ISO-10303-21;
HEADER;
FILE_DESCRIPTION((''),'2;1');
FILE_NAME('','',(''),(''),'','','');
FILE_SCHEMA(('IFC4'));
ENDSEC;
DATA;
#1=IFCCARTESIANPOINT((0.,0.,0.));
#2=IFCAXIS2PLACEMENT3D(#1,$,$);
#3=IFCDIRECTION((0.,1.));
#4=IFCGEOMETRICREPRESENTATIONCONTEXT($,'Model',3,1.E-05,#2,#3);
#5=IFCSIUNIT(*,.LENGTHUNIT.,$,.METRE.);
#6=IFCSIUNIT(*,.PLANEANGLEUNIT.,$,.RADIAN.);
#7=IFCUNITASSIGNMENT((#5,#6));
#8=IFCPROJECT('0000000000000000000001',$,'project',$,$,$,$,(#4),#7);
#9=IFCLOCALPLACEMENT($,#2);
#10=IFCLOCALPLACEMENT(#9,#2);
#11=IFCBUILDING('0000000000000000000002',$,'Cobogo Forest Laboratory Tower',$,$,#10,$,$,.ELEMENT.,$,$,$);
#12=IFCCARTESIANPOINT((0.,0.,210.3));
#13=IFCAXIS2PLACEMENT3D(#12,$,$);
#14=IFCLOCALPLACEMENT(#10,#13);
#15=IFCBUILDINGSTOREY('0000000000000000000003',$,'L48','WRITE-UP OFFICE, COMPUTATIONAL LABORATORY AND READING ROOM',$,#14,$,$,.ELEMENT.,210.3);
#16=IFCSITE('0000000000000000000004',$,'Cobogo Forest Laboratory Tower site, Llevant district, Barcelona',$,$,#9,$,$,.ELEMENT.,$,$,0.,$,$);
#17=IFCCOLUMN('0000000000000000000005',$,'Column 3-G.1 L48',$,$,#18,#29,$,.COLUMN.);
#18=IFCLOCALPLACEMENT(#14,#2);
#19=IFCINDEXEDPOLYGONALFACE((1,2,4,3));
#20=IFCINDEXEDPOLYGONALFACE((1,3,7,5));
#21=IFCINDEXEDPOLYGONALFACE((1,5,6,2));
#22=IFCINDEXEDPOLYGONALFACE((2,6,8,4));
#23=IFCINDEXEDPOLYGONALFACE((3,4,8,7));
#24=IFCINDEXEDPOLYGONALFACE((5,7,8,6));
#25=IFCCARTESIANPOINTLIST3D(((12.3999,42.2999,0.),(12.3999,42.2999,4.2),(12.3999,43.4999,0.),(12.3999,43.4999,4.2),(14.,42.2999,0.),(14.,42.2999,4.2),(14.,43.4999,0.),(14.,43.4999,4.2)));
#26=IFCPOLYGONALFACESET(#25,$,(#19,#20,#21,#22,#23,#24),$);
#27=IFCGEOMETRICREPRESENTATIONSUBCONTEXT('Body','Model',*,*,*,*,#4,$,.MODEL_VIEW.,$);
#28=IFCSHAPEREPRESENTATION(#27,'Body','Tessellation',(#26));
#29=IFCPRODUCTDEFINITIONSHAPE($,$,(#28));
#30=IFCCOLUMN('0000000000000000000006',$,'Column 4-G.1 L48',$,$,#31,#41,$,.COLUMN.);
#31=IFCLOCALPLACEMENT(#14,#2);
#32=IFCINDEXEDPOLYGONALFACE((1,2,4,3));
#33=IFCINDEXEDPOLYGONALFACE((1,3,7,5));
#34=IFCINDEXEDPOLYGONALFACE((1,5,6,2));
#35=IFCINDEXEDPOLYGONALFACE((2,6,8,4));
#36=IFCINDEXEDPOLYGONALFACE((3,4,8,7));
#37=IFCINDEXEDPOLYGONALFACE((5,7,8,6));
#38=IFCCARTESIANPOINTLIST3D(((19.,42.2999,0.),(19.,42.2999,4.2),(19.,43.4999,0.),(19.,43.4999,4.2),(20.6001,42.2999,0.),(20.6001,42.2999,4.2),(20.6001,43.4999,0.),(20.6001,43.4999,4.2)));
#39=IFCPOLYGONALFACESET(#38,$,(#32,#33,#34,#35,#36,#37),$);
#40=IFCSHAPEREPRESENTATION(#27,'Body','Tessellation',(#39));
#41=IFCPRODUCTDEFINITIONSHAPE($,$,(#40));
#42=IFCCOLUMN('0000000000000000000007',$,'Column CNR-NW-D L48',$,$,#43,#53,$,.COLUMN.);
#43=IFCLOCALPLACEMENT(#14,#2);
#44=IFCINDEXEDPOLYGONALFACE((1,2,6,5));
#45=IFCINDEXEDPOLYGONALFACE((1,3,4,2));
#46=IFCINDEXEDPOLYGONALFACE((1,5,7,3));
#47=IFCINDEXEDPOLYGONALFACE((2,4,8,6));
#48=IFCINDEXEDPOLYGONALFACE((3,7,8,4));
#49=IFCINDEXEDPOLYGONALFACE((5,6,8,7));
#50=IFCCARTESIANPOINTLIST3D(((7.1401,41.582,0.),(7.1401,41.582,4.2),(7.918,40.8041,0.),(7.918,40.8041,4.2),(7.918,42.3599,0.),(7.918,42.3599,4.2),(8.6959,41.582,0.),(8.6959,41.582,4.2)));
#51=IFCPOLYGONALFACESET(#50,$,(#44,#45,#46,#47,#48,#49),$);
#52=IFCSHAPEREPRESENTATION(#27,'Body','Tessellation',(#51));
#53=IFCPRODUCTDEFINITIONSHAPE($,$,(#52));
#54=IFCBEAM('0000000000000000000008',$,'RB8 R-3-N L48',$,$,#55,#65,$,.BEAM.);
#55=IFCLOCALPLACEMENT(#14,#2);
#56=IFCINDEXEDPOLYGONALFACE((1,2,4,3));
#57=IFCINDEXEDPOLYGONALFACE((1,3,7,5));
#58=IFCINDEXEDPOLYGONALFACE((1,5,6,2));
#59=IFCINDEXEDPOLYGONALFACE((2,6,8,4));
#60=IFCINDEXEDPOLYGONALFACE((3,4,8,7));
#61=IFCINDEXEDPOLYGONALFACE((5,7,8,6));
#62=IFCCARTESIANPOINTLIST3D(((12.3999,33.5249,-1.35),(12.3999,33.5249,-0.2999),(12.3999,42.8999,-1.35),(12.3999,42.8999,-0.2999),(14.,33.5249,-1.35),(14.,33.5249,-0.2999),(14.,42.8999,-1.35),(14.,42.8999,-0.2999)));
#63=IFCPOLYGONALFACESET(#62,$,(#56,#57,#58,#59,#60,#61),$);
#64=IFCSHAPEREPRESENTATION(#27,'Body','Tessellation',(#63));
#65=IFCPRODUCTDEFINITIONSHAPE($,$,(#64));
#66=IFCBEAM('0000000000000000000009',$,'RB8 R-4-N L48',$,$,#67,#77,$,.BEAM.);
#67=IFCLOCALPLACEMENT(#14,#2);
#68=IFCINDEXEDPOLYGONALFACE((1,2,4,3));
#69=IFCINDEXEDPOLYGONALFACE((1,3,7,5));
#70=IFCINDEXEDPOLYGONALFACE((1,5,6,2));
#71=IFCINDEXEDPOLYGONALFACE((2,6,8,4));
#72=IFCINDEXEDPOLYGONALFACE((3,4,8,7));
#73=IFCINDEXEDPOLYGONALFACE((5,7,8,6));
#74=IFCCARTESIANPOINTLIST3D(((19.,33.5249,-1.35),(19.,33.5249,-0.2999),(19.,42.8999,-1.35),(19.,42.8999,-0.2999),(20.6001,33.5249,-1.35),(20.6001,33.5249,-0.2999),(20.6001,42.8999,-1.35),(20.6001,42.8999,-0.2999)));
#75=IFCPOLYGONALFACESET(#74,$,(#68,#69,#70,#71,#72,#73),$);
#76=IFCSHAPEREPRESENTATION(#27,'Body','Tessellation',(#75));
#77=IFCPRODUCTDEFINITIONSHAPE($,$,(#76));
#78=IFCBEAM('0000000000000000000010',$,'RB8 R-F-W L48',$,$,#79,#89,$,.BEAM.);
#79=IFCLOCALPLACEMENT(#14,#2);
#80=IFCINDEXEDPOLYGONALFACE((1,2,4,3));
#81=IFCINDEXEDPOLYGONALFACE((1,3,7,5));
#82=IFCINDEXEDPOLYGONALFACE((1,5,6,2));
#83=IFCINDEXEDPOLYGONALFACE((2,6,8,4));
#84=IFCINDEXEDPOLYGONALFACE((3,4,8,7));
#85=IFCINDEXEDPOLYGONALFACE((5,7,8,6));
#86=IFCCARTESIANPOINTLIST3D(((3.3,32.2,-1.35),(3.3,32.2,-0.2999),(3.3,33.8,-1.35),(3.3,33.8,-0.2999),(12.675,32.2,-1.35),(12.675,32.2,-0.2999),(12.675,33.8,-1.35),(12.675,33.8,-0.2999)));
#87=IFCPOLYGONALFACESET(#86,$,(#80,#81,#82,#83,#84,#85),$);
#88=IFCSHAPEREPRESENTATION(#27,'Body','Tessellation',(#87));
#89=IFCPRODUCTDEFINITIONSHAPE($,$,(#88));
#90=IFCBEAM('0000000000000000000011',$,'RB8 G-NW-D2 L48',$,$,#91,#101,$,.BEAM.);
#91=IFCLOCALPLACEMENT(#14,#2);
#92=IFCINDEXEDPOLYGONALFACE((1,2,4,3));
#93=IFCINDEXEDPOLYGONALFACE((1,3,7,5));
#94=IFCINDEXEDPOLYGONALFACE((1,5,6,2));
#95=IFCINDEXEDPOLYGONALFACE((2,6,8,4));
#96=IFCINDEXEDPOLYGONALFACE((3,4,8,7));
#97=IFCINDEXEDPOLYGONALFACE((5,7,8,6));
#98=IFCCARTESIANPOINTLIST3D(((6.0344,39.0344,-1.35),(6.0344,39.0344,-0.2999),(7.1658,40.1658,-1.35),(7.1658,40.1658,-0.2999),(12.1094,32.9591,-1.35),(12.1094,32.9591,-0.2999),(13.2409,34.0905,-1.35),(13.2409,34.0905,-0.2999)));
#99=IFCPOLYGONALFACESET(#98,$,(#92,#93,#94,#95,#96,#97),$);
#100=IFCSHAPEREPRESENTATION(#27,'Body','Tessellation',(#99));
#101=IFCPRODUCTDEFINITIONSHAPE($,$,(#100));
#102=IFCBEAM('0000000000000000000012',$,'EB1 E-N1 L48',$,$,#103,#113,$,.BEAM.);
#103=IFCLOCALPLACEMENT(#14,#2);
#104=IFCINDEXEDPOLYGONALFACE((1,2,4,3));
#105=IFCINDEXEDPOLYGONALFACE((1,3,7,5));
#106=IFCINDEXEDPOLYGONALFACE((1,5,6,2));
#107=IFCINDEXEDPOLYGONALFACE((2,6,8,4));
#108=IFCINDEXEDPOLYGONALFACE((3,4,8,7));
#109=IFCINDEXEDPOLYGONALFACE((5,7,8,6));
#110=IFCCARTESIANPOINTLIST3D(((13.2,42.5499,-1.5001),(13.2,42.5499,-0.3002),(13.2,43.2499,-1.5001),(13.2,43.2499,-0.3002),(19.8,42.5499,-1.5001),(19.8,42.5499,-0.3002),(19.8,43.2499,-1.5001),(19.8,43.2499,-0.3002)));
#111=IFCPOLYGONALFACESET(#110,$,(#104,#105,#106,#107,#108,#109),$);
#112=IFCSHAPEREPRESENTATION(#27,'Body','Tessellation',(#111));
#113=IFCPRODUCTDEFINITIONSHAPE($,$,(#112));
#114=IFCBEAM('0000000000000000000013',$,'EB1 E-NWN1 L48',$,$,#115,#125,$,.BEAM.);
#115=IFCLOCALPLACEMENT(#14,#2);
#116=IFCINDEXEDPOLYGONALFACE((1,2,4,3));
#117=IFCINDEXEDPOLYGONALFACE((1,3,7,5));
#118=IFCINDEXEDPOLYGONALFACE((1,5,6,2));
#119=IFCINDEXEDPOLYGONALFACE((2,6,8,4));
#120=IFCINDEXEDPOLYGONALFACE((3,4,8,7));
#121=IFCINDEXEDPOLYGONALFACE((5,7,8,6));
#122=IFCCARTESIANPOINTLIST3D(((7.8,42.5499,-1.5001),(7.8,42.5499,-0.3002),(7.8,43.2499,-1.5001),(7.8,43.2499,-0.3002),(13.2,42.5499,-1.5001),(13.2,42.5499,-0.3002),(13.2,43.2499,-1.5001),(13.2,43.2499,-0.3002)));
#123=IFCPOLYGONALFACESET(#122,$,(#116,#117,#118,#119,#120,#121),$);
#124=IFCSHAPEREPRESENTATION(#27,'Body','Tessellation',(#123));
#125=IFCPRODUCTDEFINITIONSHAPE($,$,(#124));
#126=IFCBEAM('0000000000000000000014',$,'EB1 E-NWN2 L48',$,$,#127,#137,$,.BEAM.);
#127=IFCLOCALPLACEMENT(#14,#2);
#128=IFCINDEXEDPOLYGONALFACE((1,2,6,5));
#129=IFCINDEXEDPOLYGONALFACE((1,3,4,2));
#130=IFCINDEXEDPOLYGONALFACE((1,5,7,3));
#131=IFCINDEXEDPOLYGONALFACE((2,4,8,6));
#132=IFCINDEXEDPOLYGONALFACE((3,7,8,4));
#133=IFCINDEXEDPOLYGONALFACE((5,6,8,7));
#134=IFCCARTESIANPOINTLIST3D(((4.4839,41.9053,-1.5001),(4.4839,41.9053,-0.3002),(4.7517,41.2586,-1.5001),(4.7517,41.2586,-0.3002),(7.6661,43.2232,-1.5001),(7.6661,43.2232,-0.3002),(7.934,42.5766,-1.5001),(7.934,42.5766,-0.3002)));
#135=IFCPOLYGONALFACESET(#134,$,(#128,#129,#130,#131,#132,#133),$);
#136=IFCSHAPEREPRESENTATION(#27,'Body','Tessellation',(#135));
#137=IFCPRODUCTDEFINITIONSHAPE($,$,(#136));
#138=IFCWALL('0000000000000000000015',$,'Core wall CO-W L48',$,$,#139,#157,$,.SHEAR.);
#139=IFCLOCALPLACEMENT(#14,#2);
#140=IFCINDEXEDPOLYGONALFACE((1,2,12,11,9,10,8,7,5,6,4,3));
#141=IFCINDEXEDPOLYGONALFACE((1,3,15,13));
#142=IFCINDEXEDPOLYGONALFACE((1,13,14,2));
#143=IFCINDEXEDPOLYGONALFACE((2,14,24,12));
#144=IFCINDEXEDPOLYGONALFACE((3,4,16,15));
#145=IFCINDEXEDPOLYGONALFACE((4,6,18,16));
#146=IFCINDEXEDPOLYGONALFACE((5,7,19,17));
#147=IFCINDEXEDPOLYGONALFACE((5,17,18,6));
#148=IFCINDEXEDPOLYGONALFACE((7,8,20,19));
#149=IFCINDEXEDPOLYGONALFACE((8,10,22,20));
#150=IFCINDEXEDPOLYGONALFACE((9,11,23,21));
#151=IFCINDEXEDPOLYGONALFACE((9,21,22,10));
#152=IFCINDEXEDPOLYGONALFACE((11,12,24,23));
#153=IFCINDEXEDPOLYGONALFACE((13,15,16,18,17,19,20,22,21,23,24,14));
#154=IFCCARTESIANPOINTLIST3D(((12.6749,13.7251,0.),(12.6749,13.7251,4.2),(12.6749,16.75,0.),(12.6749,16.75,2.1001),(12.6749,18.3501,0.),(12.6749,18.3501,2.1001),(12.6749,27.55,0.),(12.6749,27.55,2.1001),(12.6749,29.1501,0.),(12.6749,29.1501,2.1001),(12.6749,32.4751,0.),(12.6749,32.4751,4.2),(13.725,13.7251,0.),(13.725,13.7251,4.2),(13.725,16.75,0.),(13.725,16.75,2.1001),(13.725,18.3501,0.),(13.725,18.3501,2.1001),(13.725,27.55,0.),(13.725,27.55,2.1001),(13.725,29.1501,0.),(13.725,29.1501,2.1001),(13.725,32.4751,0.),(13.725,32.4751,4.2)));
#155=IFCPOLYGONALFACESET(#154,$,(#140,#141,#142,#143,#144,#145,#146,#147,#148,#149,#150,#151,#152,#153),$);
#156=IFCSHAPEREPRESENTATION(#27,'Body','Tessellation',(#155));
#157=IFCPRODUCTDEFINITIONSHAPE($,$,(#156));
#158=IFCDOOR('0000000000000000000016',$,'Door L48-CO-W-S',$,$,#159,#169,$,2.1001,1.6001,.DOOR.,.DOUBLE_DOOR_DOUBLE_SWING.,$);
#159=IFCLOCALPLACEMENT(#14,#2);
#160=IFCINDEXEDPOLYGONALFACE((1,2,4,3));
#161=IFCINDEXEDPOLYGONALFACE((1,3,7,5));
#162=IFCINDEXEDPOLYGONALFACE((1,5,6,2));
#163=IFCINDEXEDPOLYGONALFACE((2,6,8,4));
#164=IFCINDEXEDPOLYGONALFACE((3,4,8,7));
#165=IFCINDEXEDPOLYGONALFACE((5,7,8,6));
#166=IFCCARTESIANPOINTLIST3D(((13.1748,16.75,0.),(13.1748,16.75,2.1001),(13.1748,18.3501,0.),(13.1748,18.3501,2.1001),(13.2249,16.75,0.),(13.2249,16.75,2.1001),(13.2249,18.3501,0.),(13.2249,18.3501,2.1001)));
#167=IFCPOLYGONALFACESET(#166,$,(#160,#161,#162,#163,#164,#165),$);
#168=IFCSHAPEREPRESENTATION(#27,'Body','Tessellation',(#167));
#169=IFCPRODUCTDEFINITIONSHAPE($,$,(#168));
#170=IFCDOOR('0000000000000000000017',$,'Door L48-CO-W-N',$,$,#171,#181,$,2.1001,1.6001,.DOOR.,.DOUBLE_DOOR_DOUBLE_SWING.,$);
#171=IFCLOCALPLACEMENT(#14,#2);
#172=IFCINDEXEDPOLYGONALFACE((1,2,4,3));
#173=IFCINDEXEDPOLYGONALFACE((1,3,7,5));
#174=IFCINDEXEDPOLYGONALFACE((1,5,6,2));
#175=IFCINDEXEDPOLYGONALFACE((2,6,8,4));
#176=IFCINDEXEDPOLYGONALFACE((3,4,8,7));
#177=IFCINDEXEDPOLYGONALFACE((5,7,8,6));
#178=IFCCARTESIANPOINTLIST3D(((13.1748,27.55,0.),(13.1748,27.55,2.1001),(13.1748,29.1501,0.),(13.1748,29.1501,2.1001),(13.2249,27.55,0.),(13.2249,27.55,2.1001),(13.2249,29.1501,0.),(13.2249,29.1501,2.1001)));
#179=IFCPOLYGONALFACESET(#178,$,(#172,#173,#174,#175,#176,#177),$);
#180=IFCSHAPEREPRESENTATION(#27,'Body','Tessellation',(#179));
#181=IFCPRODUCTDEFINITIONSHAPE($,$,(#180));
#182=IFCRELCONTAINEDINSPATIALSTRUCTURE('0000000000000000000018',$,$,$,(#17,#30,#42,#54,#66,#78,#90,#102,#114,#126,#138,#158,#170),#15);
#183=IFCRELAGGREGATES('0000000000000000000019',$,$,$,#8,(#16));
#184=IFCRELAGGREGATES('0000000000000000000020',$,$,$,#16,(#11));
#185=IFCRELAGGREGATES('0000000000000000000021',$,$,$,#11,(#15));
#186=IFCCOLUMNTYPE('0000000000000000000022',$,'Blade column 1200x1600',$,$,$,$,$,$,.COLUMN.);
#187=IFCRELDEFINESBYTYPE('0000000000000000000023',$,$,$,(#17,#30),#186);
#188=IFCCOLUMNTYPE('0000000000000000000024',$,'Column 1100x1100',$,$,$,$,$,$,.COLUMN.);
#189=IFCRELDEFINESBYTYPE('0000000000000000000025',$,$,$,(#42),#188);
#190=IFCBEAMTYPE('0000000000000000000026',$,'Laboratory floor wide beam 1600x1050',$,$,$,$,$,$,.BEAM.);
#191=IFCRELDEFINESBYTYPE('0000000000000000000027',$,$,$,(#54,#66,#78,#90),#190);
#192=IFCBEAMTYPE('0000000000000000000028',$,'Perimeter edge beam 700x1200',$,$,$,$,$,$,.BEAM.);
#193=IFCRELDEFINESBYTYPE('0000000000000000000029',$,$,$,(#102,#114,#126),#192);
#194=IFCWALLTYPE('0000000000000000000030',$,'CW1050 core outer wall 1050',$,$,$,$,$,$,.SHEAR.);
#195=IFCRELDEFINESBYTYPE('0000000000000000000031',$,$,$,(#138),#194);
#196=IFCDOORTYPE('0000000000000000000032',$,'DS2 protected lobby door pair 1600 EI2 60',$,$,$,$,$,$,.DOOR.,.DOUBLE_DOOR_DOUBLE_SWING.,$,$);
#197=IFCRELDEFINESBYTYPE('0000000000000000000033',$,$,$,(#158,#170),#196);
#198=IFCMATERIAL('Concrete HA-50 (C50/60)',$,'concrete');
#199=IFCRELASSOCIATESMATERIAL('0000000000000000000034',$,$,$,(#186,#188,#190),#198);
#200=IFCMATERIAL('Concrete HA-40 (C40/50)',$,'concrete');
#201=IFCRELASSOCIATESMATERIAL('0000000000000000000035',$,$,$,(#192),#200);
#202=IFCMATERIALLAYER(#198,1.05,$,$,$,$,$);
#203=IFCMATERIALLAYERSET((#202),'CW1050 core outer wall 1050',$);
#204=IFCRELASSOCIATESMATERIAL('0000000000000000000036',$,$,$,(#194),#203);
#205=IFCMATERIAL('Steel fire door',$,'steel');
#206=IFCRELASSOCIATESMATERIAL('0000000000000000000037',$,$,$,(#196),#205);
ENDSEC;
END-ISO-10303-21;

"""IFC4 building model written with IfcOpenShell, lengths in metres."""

from ifc_helpers import new_model, si_unit, direction, frame, frame_2d, origin, origin_2d, place, context, subcontext, project, spatial, rectangle, extrude, material, layer, layer_set, material_profile, profile_set, type_object, element, fill, save


model = new_model("IFC4")

# Units and contexts
model_context = context("Model", 3, precision=1e-05, world=origin(), true_north=direction((0.0, 1.0)))
body_context = subcontext(model_context, "Body", "Model", "MODEL_VIEW")
ifc_project = project(units=[si_unit("LENGTHUNIT", "METRE"), si_unit("PLANEANGLEUNIT", "RADIAN")], contexts=[model_context])

# Site, building, storey
site_placement = place(None, origin())
site = spatial("IfcSite", under=ifc_project, at=site_placement, Name="Cobogo Forest Laboratory Tower site, Llevant district, Barcelona", CompositionType="ELEMENT", RefElevation=0.0)
building_placement = place(site_placement, origin())
building = spatial("IfcBuilding", under=site, at=building_placement, Name="Cobogo Forest Laboratory Tower", CompositionType="ELEMENT")
storey_placement = place(building_placement, frame((0.0, 0.0, 210.3)))
storey = spatial("IfcBuildingStorey", under=building, at=storey_placement, Name="L48", Description="WRITE-UP OFFICE, COMPUTATIONAL LABORATORY AND READING ROOM", CompositionType="ELEMENT", Elevation=210.3)

# Columns
ifc_material_1 = material(Name="Concrete HA-50 (C50/60)", Category="concrete")
ifc_material_profile_1 = material_profile(ifc_material_1, rectangle(XDim=1.6001, YDim=1.2, at=origin_2d()), Name="RC 1200x1600")
ifc_profile_set_1 = profile_set([ifc_material_profile_1], Name="Concrete HA-50 (C50/60)")
column_type_1 = type_object("IfcColumnType", Name="Blade column 1200x1600", PredefinedType="COLUMN", material=ifc_profile_set_1)
for number, where, z_axis, x_axis, name in (
    (1, (13.2, 42.8999, 0.0), (0.0, 0.0, 1.0), (1.0, 0.0, 0.0), "Column 3-G.1 L48"),
    (2, (19.8, 42.8999, 0.0), (0.0, 0.0, 1.0), (1.0, 0.0, 0.0), "Column 4-G.1 L48"),
):
    element("IfcColumn", number, at=place(storey_placement, frame(where, z_axis=z_axis, x_axis=x_axis)), inside=storey, type_object=column_type_1, Name=name, PredefinedType="COLUMN", context=body_context, shape_type="SweptSolid", body=[
        extrude(rectangle(XDim=1.6001, YDim=1.2, at=origin_2d()), origin(), (0.0, 0.0, 1.0), 4.2),
    ])
ifc_material_profile_2 = material_profile(ifc_material_1, rectangle(XDim=1.1001, YDim=1.1001, at=origin_2d()), Name="RC 1100x1100")
ifc_profile_set_2 = profile_set([ifc_material_profile_2], Name="Concrete HA-50 (C50/60)")
column_type_2 = type_object("IfcColumnType", Name="Column 1100x1100", PredefinedType="COLUMN", material=ifc_profile_set_2)
column_placement = place(storey_placement, frame((7.918, 41.582, 0.0), z_axis=(0.0, 0.0, 1.0), x_axis=(0.707107, 0.707107, 0.0)))
element("IfcColumn", 3, at=column_placement, inside=storey, type_object=column_type_2, Name="Column CNR-NW-D L48", PredefinedType="COLUMN", context=body_context, shape_type="SweptSolid", body=[
    extrude(rectangle(XDim=1.1001, YDim=1.1001, at=origin_2d()), origin(), (0.0, 0.0, 1.0), 4.2),
])

# Beams
ifc_material_profile_3 = material_profile(ifc_material_1, rectangle(XDim=1.6001, YDim=1.05, at=origin_2d()), Name="RC 1600x1050")
ifc_profile_set_3 = profile_set([ifc_material_profile_3], Name="Concrete HA-50 (C50/60)")
beam_type_1 = type_object("IfcBeamType", Name="Laboratory floor wide beam 1600x1050", PredefinedType="BEAM", material=ifc_profile_set_3)
for number, where, z_axis, x_axis, name in (
    (4, (13.2, 33.5249, -0.825), (0.0, 1.0, 0.0), (-1.0, 0.0, 0.0), "RB8 R-3-N L48"),
    (5, (19.8, 33.5249, -0.825), (0.0, 1.0, 0.0), (-1.0, 0.0, 0.0), "RB8 R-4-N L48"),
    (6, (12.675, 33.0, -0.825), (-1.0, 0.0, 0.0), (0.0, -1.0, 0.0), "RB8 R-F-W L48"),
):
    element("IfcBeam", number, at=place(storey_placement, frame(where, z_axis=z_axis, x_axis=x_axis)), inside=storey, type_object=beam_type_1, Name=name, PredefinedType="BEAM", context=body_context, shape_type="SweptSolid", body=[
        extrude(rectangle(XDim=1.6001, YDim=1.05, at=origin_2d()), origin(), (0.0, 0.0, 1.0), 9.375),
    ])
beam_1_placement = place(storey_placement, frame((6.6001, 39.6001, -0.825), z_axis=(0.707093, -0.707121, 0.0), x_axis=(0.707121, 0.707093, 0.0)))
element("IfcBeam", 7, at=beam_1_placement, inside=storey, type_object=beam_type_1, Name="RB8 G-NW-D2 L48", PredefinedType="BEAM", context=body_context, shape_type="SweptSolid", body=[
    extrude(rectangle(XDim=1.6001, YDim=1.05, at=origin_2d()), origin(), (0.0, 0.0, 1.0), 8.5916),
])
ifc_material_2 = material(Name="Concrete HA-40 (C40/50)", Category="concrete")
ifc_material_profile_4 = material_profile(ifc_material_2, rectangle(XDim=0.7, YDim=1.2, at=origin_2d()), Name="RC 700x1200")
ifc_profile_set_4 = profile_set([ifc_material_profile_4], Name="Concrete HA-40 (C40/50)")
beam_type_2 = type_object("IfcBeamType", Name="Perimeter edge beam 700x1200", PredefinedType="BEAM", material=ifc_profile_set_4)
beam_2_placement = place(storey_placement, frame((13.2, 42.8999, -0.9001), z_axis=(1.0, 0.0, 0.0), x_axis=(0.0, 1.0, 0.0)))
element("IfcBeam", 8, at=beam_2_placement, inside=storey, type_object=beam_type_2, Name="EB1 E-N1 L48", PredefinedType="BEAM", context=body_context, shape_type="SweptSolid", body=[
    extrude(rectangle(XDim=0.7, YDim=1.2, at=origin_2d()), origin(), (0.0, 0.0, 1.0), 6.6001),
])
beam_3_placement = place(storey_placement, frame((13.2, 42.8999, -0.9001), z_axis=(-1.0, 0.0, 0.0), x_axis=(0.0, -1.0, 0.0)))
element("IfcBeam", 9, at=beam_3_placement, inside=storey, type_object=beam_type_2, Name="EB1 E-NWN1 L48", PredefinedType="BEAM", context=body_context, shape_type="SweptSolid", body=[
    extrude(rectangle(XDim=0.7, YDim=1.2, at=origin_2d()), origin(), (0.0, 0.0, 1.0), 5.3999),
])
beam_4_placement = place(storey_placement, frame((7.8, 42.8999, -0.9001), z_axis=(-0.923901, -0.382631, 0.0), x_axis=(0.382631, -0.923901, 0.0)))
element("IfcBeam", 10, at=beam_4_placement, inside=storey, type_object=beam_type_2, Name="EB1 E-NWN2 L48", PredefinedType="BEAM", context=body_context, shape_type="SweptSolid", body=[
    extrude(rectangle(XDim=0.7, YDim=1.2, at=origin_2d()), origin(), (0.0, 0.0, 1.0), 3.4443),
])

# Wall, openings, doors
ifc_layer_1 = layer(ifc_material_1, 1.05)
ifc_layer_set_1 = layer_set([ifc_layer_1], Name="CW1050 core outer wall 1050")
wall_type_1 = type_object("IfcWallType", Name="CW1050 core outer wall 1050", PredefinedType="SHEAR", material=ifc_layer_set_1)
wall_1_placement = place(storey_placement, frame((13.2, 32.4751, 0.0), z_axis=(0.0, 0.0, 1.0), x_axis=(0.0, -1.0, 0.0)))
wall_1 = element("IfcWall", 11, at=wall_1_placement, inside=storey, type_object=wall_type_1, Name="Core wall CO-W L48", PredefinedType="SHEAR", context=body_context, shape_type="SweptSolid", body=[
    extrude(rectangle(XDim=18.75, YDim=1.05, at=frame_2d((9.375, 0.0))), origin(), (0.0, 0.0, 1.0), 4.2),
])
opening_1_placement = place(wall_1_placement, frame((14.125, 0.0, 0.0)))
opening_1 = element("IfcOpeningElement", 12, at=opening_1_placement, cuts=wall_1, PredefinedType="OPENING", context=body_context, shape_type="SweptSolid", body=[
    extrude(rectangle(XDim=1.6001, YDim=2.1001, at=frame_2d((0.8, 1.05))), frame((0.0, 0.5349, 0.0), z_axis=(0.0, -1.0, 0.0), x_axis=(1.0, 0.0, 0.0)), (0.0, 0.0, 1.0), 1.0701),
])
opening_2_placement = place(wall_1_placement, frame((3.325, 0.0, 0.0)))
opening_2 = element("IfcOpeningElement", 13, at=opening_2_placement, cuts=wall_1, PredefinedType="OPENING", context=body_context, shape_type="SweptSolid", body=[
    extrude(rectangle(XDim=1.6001, YDim=2.1001, at=frame_2d((0.8, 1.05))), frame((0.0, 0.5349, 0.0), z_axis=(0.0, -1.0, 0.0), x_axis=(1.0, 0.0, 0.0)), (0.0, 0.0, 1.0), 1.0701),
])
ifc_material_3 = material(Name="Steel fire door", Category="steel")
door_type_1 = type_object("IfcDoorType", Name="DS2 protected lobby door pair 1600 EI2 60", OperationType="DOUBLE_DOOR_DOUBLE_SWING", PredefinedType="DOOR", material=ifc_material_3)
door_1_placement = place(opening_1_placement, origin())
door_1 = element("IfcDoor", 14, at=door_1_placement, inside=storey, type_object=door_type_1, Name="Door L48-CO-W-S", OperationType="DOUBLE_DOOR_DOUBLE_SWING", OverallHeight=2.1001, OverallWidth=1.6001, PredefinedType="DOOR", context=body_context, shape_type="SweptSolid", body=[
    extrude(rectangle(XDim=1.6001, YDim=2.1001, at=frame_2d((0.8, 1.05))), frame((0.0, 0.0249, 0.0), z_axis=(0.0, -1.0, 0.0), x_axis=(1.0, 0.0, 0.0)), (0.0, 0.0, 1.0), 0.05),
])
fill(opening_1, door_1)
door_2_placement = place(opening_2_placement, origin())
door_2 = element("IfcDoor", 15, at=door_2_placement, inside=storey, type_object=door_type_1, Name="Door L48-CO-W-N", OperationType="DOUBLE_DOOR_DOUBLE_SWING", OverallHeight=2.1001, OverallWidth=1.6001, PredefinedType="DOOR", context=body_context, shape_type="SweptSolid", body=[
    extrude(rectangle(XDim=1.6001, YDim=2.1001, at=frame_2d((0.8, 1.05))), frame((0.0, 0.0249, 0.0), z_axis=(0.0, -1.0, 0.0), x_axis=(1.0, 0.0, 0.0)), (0.0, 0.0, 1.0), 0.05),
])
fill(opening_2, door_2)

save(model, "model.ifc")
